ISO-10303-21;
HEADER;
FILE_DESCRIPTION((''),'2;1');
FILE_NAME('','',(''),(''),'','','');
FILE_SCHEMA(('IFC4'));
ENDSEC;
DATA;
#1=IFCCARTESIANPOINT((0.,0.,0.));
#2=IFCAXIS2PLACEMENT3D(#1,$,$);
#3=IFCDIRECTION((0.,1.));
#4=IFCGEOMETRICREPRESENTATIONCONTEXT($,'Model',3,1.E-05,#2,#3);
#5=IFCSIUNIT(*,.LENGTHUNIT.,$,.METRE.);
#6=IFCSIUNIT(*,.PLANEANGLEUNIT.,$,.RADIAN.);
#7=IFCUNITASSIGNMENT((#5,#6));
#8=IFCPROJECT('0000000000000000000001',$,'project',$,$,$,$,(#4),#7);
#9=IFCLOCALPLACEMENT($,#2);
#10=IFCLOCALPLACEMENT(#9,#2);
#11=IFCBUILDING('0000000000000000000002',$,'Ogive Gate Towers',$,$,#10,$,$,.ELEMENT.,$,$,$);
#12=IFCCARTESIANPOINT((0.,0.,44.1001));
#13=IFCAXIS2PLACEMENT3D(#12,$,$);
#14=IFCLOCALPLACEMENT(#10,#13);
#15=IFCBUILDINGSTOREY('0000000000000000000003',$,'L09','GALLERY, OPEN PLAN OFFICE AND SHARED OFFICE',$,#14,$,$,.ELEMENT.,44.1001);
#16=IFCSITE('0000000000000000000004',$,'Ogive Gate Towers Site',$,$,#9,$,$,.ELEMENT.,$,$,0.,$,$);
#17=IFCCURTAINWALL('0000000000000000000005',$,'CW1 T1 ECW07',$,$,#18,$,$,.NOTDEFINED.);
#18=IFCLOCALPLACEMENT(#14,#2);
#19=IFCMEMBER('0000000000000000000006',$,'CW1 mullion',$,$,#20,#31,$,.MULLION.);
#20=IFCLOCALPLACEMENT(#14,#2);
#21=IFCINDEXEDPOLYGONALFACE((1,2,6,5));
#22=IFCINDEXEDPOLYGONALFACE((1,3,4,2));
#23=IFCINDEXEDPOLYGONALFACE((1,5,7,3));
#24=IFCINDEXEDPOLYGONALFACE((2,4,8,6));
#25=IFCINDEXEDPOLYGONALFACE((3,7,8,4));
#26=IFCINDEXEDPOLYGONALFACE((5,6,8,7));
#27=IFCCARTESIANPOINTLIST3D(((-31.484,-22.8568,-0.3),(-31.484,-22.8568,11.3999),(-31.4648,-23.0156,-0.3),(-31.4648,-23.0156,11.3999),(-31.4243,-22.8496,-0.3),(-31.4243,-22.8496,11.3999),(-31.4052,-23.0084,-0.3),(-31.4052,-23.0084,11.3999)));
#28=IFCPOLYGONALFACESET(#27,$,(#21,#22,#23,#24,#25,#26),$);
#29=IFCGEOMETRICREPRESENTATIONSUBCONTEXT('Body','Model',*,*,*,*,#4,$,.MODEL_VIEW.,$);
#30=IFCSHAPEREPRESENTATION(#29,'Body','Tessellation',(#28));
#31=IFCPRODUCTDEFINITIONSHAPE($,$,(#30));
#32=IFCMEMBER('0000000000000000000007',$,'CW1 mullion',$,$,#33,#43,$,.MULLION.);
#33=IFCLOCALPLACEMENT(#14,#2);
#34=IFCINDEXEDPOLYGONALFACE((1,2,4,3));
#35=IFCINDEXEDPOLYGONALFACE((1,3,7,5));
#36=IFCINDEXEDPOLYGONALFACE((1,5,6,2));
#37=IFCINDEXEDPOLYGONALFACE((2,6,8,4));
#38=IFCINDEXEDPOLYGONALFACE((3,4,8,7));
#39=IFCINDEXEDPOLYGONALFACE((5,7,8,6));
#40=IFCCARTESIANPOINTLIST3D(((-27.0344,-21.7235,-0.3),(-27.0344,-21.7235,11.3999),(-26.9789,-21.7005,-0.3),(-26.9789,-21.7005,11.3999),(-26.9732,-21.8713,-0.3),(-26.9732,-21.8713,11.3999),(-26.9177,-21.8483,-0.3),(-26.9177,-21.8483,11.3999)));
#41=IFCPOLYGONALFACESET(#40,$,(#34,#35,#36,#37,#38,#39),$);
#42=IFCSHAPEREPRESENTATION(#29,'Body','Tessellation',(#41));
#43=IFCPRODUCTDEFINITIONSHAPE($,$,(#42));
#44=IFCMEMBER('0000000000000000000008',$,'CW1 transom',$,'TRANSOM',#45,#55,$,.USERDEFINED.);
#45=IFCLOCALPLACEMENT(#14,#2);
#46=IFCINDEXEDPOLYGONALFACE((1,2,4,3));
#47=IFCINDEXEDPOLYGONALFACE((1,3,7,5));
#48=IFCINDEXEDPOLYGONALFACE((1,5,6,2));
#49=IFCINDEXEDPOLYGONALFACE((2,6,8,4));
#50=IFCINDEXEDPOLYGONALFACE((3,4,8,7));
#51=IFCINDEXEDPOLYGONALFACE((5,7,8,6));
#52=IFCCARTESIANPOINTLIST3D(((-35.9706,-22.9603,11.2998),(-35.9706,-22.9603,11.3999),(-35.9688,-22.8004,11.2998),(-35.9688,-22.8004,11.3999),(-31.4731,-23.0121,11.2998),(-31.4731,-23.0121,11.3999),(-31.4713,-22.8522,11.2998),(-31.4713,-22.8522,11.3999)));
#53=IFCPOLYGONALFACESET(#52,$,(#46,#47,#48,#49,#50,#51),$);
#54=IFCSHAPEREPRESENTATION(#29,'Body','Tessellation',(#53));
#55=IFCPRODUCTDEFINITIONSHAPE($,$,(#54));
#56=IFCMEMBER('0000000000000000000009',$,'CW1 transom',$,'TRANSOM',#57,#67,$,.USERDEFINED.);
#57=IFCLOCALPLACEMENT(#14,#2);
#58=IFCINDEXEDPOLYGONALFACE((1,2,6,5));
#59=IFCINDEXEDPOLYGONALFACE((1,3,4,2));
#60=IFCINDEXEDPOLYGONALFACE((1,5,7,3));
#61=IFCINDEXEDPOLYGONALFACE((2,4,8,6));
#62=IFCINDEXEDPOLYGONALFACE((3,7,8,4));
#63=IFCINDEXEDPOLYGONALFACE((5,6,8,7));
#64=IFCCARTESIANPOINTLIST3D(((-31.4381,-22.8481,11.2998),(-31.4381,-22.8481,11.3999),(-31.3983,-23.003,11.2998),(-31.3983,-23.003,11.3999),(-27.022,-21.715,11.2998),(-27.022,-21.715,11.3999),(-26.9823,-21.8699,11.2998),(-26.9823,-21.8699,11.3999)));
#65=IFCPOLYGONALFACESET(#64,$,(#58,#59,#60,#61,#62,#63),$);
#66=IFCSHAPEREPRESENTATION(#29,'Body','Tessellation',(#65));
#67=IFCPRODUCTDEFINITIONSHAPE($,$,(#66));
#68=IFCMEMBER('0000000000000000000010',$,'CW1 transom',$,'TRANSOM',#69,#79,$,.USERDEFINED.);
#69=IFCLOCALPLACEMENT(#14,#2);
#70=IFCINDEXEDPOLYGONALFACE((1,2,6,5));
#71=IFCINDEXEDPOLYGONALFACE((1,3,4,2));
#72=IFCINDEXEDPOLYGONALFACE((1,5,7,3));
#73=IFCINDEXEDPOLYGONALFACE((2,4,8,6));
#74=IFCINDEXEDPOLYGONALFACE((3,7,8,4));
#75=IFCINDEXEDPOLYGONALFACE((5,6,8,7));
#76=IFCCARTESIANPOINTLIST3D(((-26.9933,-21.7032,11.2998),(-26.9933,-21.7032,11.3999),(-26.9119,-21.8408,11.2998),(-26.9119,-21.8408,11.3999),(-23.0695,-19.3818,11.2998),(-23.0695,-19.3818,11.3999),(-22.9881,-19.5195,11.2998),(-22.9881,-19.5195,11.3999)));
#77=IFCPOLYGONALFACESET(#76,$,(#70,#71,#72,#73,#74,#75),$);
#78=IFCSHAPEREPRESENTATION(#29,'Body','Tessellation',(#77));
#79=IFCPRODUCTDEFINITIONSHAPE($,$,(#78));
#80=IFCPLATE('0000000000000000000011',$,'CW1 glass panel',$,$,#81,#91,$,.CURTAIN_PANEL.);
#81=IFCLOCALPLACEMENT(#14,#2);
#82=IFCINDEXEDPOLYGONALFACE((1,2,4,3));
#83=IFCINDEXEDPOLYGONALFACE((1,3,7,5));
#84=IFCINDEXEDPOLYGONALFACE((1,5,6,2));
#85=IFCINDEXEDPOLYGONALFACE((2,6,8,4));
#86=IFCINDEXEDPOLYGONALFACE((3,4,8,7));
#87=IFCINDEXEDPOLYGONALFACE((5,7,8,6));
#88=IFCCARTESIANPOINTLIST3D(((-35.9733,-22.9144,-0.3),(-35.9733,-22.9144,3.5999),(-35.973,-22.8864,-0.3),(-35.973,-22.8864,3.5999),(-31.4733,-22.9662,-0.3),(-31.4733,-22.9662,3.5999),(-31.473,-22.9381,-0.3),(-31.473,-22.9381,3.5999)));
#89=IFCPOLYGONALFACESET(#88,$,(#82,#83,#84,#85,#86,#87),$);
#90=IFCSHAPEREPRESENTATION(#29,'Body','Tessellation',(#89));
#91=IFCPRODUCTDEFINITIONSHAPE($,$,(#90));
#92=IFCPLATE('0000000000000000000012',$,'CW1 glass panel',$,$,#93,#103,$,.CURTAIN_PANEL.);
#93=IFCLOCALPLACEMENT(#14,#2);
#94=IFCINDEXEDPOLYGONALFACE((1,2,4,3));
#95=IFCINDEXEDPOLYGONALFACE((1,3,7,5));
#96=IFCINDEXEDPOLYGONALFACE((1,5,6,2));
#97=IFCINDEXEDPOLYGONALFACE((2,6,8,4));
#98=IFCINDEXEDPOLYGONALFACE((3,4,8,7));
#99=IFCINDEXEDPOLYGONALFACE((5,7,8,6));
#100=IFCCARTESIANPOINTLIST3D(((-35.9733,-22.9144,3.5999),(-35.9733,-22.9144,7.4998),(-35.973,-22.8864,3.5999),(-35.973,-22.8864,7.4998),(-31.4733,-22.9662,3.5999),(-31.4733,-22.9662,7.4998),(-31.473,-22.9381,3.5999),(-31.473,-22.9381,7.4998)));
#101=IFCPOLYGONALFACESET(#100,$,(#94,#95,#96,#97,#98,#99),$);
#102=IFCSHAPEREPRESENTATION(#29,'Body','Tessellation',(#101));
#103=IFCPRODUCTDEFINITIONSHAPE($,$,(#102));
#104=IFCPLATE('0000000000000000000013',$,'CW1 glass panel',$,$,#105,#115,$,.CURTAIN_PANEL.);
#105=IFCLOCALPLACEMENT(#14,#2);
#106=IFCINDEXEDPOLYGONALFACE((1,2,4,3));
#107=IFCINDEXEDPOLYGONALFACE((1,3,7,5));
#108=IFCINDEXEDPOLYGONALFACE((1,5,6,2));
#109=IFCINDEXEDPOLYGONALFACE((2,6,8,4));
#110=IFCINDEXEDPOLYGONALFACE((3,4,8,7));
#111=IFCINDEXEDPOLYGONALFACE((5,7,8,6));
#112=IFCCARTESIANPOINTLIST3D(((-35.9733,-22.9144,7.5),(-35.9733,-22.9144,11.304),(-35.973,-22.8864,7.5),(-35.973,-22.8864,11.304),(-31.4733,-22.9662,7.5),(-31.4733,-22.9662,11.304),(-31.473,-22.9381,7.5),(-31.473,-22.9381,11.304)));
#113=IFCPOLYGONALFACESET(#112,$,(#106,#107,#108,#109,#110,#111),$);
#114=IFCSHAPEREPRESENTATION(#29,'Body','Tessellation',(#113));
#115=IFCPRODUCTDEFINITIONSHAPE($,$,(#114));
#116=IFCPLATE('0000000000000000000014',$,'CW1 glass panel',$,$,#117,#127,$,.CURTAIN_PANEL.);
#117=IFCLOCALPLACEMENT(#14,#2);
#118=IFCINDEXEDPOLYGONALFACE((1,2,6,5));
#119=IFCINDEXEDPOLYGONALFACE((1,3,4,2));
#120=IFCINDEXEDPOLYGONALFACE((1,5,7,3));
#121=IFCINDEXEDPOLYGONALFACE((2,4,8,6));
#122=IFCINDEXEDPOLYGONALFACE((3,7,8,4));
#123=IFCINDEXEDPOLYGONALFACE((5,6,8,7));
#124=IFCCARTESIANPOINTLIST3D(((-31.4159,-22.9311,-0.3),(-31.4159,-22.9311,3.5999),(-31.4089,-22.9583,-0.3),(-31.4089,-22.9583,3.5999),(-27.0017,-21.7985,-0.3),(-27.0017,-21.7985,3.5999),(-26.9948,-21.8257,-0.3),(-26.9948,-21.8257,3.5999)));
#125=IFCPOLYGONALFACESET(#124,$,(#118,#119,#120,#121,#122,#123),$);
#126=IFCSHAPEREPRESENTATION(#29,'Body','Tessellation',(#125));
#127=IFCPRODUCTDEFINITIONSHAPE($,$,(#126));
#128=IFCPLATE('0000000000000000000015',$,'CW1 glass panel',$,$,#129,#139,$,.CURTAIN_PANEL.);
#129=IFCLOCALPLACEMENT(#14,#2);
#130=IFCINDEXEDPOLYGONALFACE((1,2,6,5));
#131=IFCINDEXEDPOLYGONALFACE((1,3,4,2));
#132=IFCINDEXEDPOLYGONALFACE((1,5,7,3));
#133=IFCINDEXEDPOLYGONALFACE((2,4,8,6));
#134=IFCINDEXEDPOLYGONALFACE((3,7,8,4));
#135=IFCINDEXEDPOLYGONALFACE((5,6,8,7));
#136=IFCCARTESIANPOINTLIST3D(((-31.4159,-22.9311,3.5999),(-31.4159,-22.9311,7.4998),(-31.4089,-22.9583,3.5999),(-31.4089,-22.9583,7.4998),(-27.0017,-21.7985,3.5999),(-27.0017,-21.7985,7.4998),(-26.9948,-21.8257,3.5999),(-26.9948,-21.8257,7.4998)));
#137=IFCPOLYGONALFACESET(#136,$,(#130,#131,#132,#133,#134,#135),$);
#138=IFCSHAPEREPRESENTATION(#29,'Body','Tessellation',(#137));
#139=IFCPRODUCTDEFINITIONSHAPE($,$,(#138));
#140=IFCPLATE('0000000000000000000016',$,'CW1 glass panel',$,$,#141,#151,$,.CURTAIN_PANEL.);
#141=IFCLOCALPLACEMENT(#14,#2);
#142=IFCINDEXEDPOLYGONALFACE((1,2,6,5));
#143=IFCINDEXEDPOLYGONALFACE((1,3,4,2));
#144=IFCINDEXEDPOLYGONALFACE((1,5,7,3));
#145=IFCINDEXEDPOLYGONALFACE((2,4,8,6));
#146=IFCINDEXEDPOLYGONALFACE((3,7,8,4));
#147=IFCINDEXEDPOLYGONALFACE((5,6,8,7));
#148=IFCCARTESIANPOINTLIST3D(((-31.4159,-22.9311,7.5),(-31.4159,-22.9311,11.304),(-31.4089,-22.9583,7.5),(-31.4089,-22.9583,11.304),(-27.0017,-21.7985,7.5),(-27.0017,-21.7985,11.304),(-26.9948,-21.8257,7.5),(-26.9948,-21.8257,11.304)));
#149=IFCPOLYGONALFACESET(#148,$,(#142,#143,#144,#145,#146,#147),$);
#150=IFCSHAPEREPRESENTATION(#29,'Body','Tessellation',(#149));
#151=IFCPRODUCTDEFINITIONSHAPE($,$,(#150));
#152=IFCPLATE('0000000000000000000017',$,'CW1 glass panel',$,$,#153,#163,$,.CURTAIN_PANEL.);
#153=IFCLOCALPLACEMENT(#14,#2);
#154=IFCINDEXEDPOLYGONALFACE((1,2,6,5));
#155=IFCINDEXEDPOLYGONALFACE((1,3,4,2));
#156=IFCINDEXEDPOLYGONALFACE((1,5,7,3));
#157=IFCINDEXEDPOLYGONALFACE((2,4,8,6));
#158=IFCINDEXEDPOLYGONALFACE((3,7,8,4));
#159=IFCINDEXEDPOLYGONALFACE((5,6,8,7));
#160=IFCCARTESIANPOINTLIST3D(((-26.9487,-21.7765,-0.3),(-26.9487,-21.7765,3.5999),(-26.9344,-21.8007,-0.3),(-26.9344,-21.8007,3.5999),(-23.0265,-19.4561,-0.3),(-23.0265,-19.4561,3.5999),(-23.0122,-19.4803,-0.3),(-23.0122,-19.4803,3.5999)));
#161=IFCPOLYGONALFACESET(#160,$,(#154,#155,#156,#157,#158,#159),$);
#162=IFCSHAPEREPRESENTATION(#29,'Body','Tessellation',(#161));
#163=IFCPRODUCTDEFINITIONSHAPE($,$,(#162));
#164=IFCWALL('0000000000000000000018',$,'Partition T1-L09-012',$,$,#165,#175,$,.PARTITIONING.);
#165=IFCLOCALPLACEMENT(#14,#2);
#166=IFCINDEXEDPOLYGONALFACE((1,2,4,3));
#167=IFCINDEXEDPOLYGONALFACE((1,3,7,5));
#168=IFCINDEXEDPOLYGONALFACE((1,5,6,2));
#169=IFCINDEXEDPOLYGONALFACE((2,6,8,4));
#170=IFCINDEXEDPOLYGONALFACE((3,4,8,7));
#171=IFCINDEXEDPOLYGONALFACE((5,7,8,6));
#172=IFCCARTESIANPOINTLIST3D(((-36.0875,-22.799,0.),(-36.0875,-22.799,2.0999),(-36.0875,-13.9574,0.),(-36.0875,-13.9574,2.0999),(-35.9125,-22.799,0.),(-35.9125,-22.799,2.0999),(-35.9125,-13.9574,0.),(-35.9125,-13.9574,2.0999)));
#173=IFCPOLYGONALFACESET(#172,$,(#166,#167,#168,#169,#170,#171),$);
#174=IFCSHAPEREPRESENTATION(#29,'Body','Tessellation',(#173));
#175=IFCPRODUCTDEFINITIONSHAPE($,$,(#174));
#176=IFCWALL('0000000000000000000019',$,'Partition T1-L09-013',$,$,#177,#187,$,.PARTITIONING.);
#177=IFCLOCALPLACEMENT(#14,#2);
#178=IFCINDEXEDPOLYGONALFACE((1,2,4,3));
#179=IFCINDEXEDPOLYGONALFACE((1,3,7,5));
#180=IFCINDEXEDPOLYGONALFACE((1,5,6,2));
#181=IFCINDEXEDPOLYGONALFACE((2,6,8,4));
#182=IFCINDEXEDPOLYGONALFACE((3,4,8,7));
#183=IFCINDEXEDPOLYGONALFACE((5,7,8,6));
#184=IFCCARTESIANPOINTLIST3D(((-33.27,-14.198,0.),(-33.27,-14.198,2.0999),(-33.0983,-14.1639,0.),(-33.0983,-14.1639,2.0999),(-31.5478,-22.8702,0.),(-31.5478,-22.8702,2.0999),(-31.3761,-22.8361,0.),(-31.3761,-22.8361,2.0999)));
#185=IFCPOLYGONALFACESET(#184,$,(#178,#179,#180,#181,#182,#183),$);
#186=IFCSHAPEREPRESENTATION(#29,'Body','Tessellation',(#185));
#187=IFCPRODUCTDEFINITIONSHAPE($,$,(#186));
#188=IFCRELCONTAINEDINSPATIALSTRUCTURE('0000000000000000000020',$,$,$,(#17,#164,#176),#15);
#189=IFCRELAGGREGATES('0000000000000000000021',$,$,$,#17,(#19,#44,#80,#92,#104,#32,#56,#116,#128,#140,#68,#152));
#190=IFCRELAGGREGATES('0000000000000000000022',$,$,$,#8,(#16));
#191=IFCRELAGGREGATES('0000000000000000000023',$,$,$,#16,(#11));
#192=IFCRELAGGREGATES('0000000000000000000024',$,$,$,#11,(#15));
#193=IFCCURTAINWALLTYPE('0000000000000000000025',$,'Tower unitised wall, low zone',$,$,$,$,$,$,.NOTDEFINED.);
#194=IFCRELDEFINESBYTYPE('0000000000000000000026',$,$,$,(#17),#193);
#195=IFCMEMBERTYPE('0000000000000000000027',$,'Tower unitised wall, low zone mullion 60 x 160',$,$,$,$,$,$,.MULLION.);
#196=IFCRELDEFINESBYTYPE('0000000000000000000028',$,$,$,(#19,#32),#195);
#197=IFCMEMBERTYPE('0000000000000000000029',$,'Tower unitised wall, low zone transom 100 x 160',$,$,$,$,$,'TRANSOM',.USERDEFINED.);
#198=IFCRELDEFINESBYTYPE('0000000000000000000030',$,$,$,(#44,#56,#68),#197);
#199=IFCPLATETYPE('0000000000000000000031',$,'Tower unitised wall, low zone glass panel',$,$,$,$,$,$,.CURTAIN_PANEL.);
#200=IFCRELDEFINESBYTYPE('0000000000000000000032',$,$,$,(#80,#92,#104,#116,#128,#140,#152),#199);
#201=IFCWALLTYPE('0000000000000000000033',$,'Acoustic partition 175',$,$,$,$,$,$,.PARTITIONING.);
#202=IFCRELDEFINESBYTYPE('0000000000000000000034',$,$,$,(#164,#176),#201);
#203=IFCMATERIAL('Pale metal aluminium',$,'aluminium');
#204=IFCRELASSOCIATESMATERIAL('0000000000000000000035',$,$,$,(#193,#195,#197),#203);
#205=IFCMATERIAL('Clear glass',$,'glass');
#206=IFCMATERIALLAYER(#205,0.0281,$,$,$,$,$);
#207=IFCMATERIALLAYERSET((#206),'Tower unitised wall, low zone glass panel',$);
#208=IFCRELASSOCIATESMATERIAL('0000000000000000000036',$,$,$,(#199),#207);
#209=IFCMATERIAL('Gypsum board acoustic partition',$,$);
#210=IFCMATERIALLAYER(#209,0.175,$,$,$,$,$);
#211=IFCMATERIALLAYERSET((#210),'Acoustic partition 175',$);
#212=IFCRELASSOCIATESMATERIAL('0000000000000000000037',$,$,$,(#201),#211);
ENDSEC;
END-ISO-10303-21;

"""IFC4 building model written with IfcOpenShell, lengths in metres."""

from ifc_helpers import new_model, si_unit, direction, frame, frame_2d, origin, origin_2d, place, context, subcontext, project, spatial, rectangle, extrude, material, layer, layer_set, material_profile, profile_set, type_object, element, aggregate, save


model = new_model("IFC4")

# Units and contexts
model_context = context("Model", 3, precision=1e-05, world=origin(), true_north=direction((0.0, 1.0)))
body_context = subcontext(model_context, "Body", "Model", "MODEL_VIEW")
ifc_project = project(units=[si_unit("LENGTHUNIT", "METRE"), si_unit("PLANEANGLEUNIT", "RADIAN")], contexts=[model_context])

# Site, building, storey
site_placement = place(None, origin())
site = spatial("IfcSite", under=ifc_project, at=site_placement, Name="Ogive Gate Towers Site", CompositionType="ELEMENT", RefElevation=0.0)
building_placement = place(site_placement, origin())
building = spatial("IfcBuilding", under=site, at=building_placement, Name="Ogive Gate Towers", CompositionType="ELEMENT")
storey_placement = place(building_placement, frame((0.0, 0.0, 44.1001)))
storey = spatial("IfcBuildingStorey", under=building, at=storey_placement, Name="L09", Description="GALLERY, OPEN PLAN OFFICE AND SHARED OFFICE", CompositionType="ELEMENT", Elevation=44.1001)

# Curtain wall, members, plates
ifc_material_1 = material(Name="Pale metal aluminium", Category="aluminium")
curtain_wall_type = type_object("IfcCurtainWallType", Name="Tower unitised wall, low zone", PredefinedType="NOTDEFINED", material=ifc_material_1)
curtain_wall_placement = place(storey_placement, origin())
curtain_wall = element("IfcCurtainWall", 1, at=curtain_wall_placement, inside=storey, type_object=curtain_wall_type, Name="CW1 T1 ECW07", PredefinedType="NOTDEFINED")
ifc_material_profile_1 = material_profile(ifc_material_1, rectangle(XDim=0.1599, YDim=0.0601, at=origin_2d()), Name="60 x 160 aluminium box")
ifc_profile_set_1 = profile_set([ifc_material_profile_1], Name="Pale metal aluminium")
member_type_1 = type_object("IfcMemberType", Name="Tower unitised wall, low zone mullion 60 x 160", PredefinedType="MULLION", material=ifc_profile_set_1)
member_1_placement = place(storey_placement, frame((-31.4446, -22.9326, -0.3), z_axis=(0.0, 0.0, 1.0), x_axis=(0.119548, -0.992828, 0.0)))
member_1 = element("IfcMember", 2, at=member_1_placement, type_object=member_type_1, Name="CW1 mullion", PredefinedType="MULLION", context=body_context, shape_type="SweptSolid", body=[
    extrude(rectangle(XDim=0.1599, YDim=0.0601, at=origin_2d()), origin(), (0.0, 0.0, 1.0), 11.7),
])
member_2_placement = place(storey_placement, frame((-26.9761, -21.7859, -0.3), z_axis=(0.0, 0.0, 1.0), x_axis=(0.382683, -0.92388, 0.0)))
member_2 = element("IfcMember", 3, at=member_2_placement, type_object=member_type_1, Name="CW1 mullion", PredefinedType="MULLION", context=body_context, shape_type="SweptSolid", body=[
    extrude(rectangle(XDim=0.1599, YDim=0.0601, at=origin_2d()), origin(), (0.0, 0.0, 1.0), 11.7),
])
ifc_material_profile_2 = material_profile(ifc_material_1, rectangle(XDim=0.1599, YDim=0.1001, at=origin_2d()), Name="100 x 160 aluminium box")
ifc_profile_set_2 = profile_set([ifc_material_profile_2], Name="Pale metal aluminium")
member_type_2 = type_object("IfcMemberType", Name="Tower unitised wall, low zone transom 100 x 160", ElementType="TRANSOM", PredefinedType="USERDEFINED", material=ifc_profile_set_2)
member_3_placement = place(storey_placement, frame((-35.9697, -22.8804, 11.3499), z_axis=(0.999934, -0.011507, 0.0), x_axis=(0.011507, 0.999934, 0.0)))
member_3 = element("IfcMember", 4, at=member_3_placement, type_object=member_type_2, Name="CW1 transom", ObjectType="TRANSOM", PredefinedType="USERDEFINED", context=body_context, shape_type="SweptSolid", body=[
    extrude(rectangle(XDim=0.1599, YDim=0.1001, at=origin_2d()), origin(), (0.0, 0.0, 1.0), 4.4978),
])
member_4_placement = place(storey_placement, frame((-31.4182, -22.9255, 11.3499), z_axis=(0.968625, 0.248529, 0.0), x_axis=(-0.248529, 0.968625, 0.0)))
member_4 = element("IfcMember", 5, at=member_4_placement, type_object=member_type_2, Name="CW1 transom", ObjectType="TRANSOM", PredefinedType="USERDEFINED", context=body_context, shape_type="SweptSolid", body=[
    extrude(rectangle(XDim=0.1599, YDim=0.1001, at=origin_2d()), origin(), (0.0, 0.0, 1.0), 4.5591),
])
member_5_placement = place(storey_placement, frame((-26.9526, -21.772, 11.3499), z_axis=(0.860671, 0.509162, 0.0), x_axis=(-0.509162, 0.860671, 0.0)))
member_5 = element("IfcMember", 6, at=member_5_placement, type_object=member_type_2, Name="CW1 transom", ObjectType="TRANSOM", PredefinedType="USERDEFINED", context=body_context, shape_type="SweptSolid", body=[
    extrude(rectangle(XDim=0.1599, YDim=0.1001, at=origin_2d()), origin(), (0.0, 0.0, 1.0), 4.5591),
])
ifc_material_2 = material(Name="Clear glass", Category="glass")
ifc_layer_1 = layer(ifc_material_2, 0.0281)
ifc_layer_set_1 = layer_set([ifc_layer_1], Name="Tower unitised wall, low zone glass panel")
plate_type = type_object("IfcPlateType", Name="Tower unitised wall, low zone glass panel", PredefinedType="CURTAIN_PANEL", material=ifc_layer_set_1)
plate_1_placement = place(storey_placement, frame((-33.7231, -22.9263, -0.3), z_axis=(0.0, 0.0, 1.0), x_axis=(0.999934, -0.011501, 0.0)))
plate_1 = element("IfcPlate", 7, at=plate_1_placement, type_object=plate_type, Name="CW1 glass panel", PredefinedType="CURTAIN_PANEL", context=body_context, shape_type="SweptSolid", body=[
    extrude(rectangle(XDim=4.5002, YDim=0.0281, at=origin_2d()), origin(), (0.0, 0.0, 1.0), 3.8999),
])
plate_2_placement = place(storey_placement, frame((-33.7231, -22.9263, 3.5999), z_axis=(0.0, 0.0, 1.0), x_axis=(0.999934, -0.011501, 0.0)))
plate_2 = element("IfcPlate", 8, at=plate_2_placement, type_object=plate_type, Name="CW1 glass panel", PredefinedType="CURTAIN_PANEL", context=body_context, shape_type="SweptSolid", body=[
    extrude(rectangle(XDim=4.5002, YDim=0.0281, at=origin_2d()), origin(), (0.0, 0.0, 1.0), 3.8999),
])
plate_3_placement = place(storey_placement, frame((-33.7231, -22.9263, 7.5), z_axis=(0.0, 0.0, 1.0), x_axis=(0.999934, -0.011501, 0.0)))
plate_3 = element("IfcPlate", 9, at=plate_3_placement, type_object=plate_type, Name="CW1 glass panel", PredefinedType="CURTAIN_PANEL", context=body_context, shape_type="SweptSolid", body=[
    extrude(rectangle(XDim=4.5002, YDim=0.0281, at=origin_2d()), origin(), (0.0, 0.0, 1.0), 3.804),
])
plate_4_placement = place(storey_placement, frame((-29.2053, -22.3784, -0.3), z_axis=(0.0, 0.0, 1.0), x_axis=(0.968627, 0.248521, 0.0)))
plate_4 = element("IfcPlate", 10, at=plate_4_placement, type_object=plate_type, Name="CW1 glass panel", PredefinedType="CURTAIN_PANEL", context=body_context, shape_type="SweptSolid", body=[
    extrude(rectangle(XDim=4.5571, YDim=0.0281, at=origin_2d()), origin(), (0.0, 0.0, 1.0), 3.8999),
])
plate_5_placement = place(storey_placement, frame((-29.2053, -22.3784, 3.5999), z_axis=(0.0, 0.0, 1.0), x_axis=(0.968627, 0.248521, 0.0)))
plate_5 = element("IfcPlate", 11, at=plate_5_placement, type_object=plate_type, Name="CW1 glass panel", PredefinedType="CURTAIN_PANEL", context=body_context, shape_type="SweptSolid", body=[
    extrude(rectangle(XDim=4.5571, YDim=0.0281, at=origin_2d()), origin(), (0.0, 0.0, 1.0), 3.8999),
])
plate_6_placement = place(storey_placement, frame((-29.2053, -22.3784, 7.5), z_axis=(0.0, 0.0, 1.0), x_axis=(0.968627, 0.248521, 0.0)))
plate_6 = element("IfcPlate", 12, at=plate_6_placement, type_object=plate_type, Name="CW1 glass panel", PredefinedType="CURTAIN_PANEL", context=body_context, shape_type="SweptSolid", body=[
    extrude(rectangle(XDim=4.5571, YDim=0.0281, at=origin_2d()), origin(), (0.0, 0.0, 1.0), 3.804),
])
plate_7_placement = place(storey_placement, frame((-24.9805, -20.6284, -0.3), z_axis=(0.0, 0.0, 1.0), x_axis=(0.860662, 0.509177, 0.0)))
plate_7 = element("IfcPlate", 13, at=plate_7_placement, type_object=plate_type, Name="CW1 glass panel", PredefinedType="CURTAIN_PANEL", context=body_context, shape_type="SweptSolid", body=[
    extrude(rectangle(XDim=4.5571, YDim=0.0281, at=origin_2d()), origin(), (0.0, 0.0, 1.0), 3.8999),
])
aggregate(curtain_wall, [member_1, member_3, plate_1, plate_2, plate_3, member_2, member_4, plate_4, plate_5, plate_6, member_5, plate_7])

# Walls
ifc_material_3 = material(Name="Gypsum board acoustic partition")
ifc_layer_2 = layer(ifc_material_3, 0.175)
ifc_layer_set_2 = layer_set([ifc_layer_2], Name="Acoustic partition 175")
wall_type_1 = type_object("IfcWallType", Name="Acoustic partition 175", PredefinedType="PARTITIONING", material=ifc_layer_set_2)
for number, where, z_axis, x_axis, name in (
    (14, (-36.0, -22.7991, 0.0), (0.0, 0.0, 1.0), (0.0, 1.0, 0.0), "Partition T1-L09-012"),
    (15, (-31.4619, -22.8533, 0.0), (0.0, 0.0, 1.0), (-0.194783, 0.980846, 0.0), "Partition T1-L09-013"),
):
    element("IfcWall", number, at=place(storey_placement, frame(where, z_axis=z_axis, x_axis=x_axis)), inside=storey, type_object=wall_type_1, Name=name, PredefinedType="PARTITIONING", context=body_context, shape_type="SweptSolid", body=[
        extrude(rectangle(XDim=8.8416, YDim=0.175, at=frame_2d((4.4209, 0.0))), origin(), (0.0, 0.0, 1.0), 2.0999),
    ])

save(model, "model.ifc")
